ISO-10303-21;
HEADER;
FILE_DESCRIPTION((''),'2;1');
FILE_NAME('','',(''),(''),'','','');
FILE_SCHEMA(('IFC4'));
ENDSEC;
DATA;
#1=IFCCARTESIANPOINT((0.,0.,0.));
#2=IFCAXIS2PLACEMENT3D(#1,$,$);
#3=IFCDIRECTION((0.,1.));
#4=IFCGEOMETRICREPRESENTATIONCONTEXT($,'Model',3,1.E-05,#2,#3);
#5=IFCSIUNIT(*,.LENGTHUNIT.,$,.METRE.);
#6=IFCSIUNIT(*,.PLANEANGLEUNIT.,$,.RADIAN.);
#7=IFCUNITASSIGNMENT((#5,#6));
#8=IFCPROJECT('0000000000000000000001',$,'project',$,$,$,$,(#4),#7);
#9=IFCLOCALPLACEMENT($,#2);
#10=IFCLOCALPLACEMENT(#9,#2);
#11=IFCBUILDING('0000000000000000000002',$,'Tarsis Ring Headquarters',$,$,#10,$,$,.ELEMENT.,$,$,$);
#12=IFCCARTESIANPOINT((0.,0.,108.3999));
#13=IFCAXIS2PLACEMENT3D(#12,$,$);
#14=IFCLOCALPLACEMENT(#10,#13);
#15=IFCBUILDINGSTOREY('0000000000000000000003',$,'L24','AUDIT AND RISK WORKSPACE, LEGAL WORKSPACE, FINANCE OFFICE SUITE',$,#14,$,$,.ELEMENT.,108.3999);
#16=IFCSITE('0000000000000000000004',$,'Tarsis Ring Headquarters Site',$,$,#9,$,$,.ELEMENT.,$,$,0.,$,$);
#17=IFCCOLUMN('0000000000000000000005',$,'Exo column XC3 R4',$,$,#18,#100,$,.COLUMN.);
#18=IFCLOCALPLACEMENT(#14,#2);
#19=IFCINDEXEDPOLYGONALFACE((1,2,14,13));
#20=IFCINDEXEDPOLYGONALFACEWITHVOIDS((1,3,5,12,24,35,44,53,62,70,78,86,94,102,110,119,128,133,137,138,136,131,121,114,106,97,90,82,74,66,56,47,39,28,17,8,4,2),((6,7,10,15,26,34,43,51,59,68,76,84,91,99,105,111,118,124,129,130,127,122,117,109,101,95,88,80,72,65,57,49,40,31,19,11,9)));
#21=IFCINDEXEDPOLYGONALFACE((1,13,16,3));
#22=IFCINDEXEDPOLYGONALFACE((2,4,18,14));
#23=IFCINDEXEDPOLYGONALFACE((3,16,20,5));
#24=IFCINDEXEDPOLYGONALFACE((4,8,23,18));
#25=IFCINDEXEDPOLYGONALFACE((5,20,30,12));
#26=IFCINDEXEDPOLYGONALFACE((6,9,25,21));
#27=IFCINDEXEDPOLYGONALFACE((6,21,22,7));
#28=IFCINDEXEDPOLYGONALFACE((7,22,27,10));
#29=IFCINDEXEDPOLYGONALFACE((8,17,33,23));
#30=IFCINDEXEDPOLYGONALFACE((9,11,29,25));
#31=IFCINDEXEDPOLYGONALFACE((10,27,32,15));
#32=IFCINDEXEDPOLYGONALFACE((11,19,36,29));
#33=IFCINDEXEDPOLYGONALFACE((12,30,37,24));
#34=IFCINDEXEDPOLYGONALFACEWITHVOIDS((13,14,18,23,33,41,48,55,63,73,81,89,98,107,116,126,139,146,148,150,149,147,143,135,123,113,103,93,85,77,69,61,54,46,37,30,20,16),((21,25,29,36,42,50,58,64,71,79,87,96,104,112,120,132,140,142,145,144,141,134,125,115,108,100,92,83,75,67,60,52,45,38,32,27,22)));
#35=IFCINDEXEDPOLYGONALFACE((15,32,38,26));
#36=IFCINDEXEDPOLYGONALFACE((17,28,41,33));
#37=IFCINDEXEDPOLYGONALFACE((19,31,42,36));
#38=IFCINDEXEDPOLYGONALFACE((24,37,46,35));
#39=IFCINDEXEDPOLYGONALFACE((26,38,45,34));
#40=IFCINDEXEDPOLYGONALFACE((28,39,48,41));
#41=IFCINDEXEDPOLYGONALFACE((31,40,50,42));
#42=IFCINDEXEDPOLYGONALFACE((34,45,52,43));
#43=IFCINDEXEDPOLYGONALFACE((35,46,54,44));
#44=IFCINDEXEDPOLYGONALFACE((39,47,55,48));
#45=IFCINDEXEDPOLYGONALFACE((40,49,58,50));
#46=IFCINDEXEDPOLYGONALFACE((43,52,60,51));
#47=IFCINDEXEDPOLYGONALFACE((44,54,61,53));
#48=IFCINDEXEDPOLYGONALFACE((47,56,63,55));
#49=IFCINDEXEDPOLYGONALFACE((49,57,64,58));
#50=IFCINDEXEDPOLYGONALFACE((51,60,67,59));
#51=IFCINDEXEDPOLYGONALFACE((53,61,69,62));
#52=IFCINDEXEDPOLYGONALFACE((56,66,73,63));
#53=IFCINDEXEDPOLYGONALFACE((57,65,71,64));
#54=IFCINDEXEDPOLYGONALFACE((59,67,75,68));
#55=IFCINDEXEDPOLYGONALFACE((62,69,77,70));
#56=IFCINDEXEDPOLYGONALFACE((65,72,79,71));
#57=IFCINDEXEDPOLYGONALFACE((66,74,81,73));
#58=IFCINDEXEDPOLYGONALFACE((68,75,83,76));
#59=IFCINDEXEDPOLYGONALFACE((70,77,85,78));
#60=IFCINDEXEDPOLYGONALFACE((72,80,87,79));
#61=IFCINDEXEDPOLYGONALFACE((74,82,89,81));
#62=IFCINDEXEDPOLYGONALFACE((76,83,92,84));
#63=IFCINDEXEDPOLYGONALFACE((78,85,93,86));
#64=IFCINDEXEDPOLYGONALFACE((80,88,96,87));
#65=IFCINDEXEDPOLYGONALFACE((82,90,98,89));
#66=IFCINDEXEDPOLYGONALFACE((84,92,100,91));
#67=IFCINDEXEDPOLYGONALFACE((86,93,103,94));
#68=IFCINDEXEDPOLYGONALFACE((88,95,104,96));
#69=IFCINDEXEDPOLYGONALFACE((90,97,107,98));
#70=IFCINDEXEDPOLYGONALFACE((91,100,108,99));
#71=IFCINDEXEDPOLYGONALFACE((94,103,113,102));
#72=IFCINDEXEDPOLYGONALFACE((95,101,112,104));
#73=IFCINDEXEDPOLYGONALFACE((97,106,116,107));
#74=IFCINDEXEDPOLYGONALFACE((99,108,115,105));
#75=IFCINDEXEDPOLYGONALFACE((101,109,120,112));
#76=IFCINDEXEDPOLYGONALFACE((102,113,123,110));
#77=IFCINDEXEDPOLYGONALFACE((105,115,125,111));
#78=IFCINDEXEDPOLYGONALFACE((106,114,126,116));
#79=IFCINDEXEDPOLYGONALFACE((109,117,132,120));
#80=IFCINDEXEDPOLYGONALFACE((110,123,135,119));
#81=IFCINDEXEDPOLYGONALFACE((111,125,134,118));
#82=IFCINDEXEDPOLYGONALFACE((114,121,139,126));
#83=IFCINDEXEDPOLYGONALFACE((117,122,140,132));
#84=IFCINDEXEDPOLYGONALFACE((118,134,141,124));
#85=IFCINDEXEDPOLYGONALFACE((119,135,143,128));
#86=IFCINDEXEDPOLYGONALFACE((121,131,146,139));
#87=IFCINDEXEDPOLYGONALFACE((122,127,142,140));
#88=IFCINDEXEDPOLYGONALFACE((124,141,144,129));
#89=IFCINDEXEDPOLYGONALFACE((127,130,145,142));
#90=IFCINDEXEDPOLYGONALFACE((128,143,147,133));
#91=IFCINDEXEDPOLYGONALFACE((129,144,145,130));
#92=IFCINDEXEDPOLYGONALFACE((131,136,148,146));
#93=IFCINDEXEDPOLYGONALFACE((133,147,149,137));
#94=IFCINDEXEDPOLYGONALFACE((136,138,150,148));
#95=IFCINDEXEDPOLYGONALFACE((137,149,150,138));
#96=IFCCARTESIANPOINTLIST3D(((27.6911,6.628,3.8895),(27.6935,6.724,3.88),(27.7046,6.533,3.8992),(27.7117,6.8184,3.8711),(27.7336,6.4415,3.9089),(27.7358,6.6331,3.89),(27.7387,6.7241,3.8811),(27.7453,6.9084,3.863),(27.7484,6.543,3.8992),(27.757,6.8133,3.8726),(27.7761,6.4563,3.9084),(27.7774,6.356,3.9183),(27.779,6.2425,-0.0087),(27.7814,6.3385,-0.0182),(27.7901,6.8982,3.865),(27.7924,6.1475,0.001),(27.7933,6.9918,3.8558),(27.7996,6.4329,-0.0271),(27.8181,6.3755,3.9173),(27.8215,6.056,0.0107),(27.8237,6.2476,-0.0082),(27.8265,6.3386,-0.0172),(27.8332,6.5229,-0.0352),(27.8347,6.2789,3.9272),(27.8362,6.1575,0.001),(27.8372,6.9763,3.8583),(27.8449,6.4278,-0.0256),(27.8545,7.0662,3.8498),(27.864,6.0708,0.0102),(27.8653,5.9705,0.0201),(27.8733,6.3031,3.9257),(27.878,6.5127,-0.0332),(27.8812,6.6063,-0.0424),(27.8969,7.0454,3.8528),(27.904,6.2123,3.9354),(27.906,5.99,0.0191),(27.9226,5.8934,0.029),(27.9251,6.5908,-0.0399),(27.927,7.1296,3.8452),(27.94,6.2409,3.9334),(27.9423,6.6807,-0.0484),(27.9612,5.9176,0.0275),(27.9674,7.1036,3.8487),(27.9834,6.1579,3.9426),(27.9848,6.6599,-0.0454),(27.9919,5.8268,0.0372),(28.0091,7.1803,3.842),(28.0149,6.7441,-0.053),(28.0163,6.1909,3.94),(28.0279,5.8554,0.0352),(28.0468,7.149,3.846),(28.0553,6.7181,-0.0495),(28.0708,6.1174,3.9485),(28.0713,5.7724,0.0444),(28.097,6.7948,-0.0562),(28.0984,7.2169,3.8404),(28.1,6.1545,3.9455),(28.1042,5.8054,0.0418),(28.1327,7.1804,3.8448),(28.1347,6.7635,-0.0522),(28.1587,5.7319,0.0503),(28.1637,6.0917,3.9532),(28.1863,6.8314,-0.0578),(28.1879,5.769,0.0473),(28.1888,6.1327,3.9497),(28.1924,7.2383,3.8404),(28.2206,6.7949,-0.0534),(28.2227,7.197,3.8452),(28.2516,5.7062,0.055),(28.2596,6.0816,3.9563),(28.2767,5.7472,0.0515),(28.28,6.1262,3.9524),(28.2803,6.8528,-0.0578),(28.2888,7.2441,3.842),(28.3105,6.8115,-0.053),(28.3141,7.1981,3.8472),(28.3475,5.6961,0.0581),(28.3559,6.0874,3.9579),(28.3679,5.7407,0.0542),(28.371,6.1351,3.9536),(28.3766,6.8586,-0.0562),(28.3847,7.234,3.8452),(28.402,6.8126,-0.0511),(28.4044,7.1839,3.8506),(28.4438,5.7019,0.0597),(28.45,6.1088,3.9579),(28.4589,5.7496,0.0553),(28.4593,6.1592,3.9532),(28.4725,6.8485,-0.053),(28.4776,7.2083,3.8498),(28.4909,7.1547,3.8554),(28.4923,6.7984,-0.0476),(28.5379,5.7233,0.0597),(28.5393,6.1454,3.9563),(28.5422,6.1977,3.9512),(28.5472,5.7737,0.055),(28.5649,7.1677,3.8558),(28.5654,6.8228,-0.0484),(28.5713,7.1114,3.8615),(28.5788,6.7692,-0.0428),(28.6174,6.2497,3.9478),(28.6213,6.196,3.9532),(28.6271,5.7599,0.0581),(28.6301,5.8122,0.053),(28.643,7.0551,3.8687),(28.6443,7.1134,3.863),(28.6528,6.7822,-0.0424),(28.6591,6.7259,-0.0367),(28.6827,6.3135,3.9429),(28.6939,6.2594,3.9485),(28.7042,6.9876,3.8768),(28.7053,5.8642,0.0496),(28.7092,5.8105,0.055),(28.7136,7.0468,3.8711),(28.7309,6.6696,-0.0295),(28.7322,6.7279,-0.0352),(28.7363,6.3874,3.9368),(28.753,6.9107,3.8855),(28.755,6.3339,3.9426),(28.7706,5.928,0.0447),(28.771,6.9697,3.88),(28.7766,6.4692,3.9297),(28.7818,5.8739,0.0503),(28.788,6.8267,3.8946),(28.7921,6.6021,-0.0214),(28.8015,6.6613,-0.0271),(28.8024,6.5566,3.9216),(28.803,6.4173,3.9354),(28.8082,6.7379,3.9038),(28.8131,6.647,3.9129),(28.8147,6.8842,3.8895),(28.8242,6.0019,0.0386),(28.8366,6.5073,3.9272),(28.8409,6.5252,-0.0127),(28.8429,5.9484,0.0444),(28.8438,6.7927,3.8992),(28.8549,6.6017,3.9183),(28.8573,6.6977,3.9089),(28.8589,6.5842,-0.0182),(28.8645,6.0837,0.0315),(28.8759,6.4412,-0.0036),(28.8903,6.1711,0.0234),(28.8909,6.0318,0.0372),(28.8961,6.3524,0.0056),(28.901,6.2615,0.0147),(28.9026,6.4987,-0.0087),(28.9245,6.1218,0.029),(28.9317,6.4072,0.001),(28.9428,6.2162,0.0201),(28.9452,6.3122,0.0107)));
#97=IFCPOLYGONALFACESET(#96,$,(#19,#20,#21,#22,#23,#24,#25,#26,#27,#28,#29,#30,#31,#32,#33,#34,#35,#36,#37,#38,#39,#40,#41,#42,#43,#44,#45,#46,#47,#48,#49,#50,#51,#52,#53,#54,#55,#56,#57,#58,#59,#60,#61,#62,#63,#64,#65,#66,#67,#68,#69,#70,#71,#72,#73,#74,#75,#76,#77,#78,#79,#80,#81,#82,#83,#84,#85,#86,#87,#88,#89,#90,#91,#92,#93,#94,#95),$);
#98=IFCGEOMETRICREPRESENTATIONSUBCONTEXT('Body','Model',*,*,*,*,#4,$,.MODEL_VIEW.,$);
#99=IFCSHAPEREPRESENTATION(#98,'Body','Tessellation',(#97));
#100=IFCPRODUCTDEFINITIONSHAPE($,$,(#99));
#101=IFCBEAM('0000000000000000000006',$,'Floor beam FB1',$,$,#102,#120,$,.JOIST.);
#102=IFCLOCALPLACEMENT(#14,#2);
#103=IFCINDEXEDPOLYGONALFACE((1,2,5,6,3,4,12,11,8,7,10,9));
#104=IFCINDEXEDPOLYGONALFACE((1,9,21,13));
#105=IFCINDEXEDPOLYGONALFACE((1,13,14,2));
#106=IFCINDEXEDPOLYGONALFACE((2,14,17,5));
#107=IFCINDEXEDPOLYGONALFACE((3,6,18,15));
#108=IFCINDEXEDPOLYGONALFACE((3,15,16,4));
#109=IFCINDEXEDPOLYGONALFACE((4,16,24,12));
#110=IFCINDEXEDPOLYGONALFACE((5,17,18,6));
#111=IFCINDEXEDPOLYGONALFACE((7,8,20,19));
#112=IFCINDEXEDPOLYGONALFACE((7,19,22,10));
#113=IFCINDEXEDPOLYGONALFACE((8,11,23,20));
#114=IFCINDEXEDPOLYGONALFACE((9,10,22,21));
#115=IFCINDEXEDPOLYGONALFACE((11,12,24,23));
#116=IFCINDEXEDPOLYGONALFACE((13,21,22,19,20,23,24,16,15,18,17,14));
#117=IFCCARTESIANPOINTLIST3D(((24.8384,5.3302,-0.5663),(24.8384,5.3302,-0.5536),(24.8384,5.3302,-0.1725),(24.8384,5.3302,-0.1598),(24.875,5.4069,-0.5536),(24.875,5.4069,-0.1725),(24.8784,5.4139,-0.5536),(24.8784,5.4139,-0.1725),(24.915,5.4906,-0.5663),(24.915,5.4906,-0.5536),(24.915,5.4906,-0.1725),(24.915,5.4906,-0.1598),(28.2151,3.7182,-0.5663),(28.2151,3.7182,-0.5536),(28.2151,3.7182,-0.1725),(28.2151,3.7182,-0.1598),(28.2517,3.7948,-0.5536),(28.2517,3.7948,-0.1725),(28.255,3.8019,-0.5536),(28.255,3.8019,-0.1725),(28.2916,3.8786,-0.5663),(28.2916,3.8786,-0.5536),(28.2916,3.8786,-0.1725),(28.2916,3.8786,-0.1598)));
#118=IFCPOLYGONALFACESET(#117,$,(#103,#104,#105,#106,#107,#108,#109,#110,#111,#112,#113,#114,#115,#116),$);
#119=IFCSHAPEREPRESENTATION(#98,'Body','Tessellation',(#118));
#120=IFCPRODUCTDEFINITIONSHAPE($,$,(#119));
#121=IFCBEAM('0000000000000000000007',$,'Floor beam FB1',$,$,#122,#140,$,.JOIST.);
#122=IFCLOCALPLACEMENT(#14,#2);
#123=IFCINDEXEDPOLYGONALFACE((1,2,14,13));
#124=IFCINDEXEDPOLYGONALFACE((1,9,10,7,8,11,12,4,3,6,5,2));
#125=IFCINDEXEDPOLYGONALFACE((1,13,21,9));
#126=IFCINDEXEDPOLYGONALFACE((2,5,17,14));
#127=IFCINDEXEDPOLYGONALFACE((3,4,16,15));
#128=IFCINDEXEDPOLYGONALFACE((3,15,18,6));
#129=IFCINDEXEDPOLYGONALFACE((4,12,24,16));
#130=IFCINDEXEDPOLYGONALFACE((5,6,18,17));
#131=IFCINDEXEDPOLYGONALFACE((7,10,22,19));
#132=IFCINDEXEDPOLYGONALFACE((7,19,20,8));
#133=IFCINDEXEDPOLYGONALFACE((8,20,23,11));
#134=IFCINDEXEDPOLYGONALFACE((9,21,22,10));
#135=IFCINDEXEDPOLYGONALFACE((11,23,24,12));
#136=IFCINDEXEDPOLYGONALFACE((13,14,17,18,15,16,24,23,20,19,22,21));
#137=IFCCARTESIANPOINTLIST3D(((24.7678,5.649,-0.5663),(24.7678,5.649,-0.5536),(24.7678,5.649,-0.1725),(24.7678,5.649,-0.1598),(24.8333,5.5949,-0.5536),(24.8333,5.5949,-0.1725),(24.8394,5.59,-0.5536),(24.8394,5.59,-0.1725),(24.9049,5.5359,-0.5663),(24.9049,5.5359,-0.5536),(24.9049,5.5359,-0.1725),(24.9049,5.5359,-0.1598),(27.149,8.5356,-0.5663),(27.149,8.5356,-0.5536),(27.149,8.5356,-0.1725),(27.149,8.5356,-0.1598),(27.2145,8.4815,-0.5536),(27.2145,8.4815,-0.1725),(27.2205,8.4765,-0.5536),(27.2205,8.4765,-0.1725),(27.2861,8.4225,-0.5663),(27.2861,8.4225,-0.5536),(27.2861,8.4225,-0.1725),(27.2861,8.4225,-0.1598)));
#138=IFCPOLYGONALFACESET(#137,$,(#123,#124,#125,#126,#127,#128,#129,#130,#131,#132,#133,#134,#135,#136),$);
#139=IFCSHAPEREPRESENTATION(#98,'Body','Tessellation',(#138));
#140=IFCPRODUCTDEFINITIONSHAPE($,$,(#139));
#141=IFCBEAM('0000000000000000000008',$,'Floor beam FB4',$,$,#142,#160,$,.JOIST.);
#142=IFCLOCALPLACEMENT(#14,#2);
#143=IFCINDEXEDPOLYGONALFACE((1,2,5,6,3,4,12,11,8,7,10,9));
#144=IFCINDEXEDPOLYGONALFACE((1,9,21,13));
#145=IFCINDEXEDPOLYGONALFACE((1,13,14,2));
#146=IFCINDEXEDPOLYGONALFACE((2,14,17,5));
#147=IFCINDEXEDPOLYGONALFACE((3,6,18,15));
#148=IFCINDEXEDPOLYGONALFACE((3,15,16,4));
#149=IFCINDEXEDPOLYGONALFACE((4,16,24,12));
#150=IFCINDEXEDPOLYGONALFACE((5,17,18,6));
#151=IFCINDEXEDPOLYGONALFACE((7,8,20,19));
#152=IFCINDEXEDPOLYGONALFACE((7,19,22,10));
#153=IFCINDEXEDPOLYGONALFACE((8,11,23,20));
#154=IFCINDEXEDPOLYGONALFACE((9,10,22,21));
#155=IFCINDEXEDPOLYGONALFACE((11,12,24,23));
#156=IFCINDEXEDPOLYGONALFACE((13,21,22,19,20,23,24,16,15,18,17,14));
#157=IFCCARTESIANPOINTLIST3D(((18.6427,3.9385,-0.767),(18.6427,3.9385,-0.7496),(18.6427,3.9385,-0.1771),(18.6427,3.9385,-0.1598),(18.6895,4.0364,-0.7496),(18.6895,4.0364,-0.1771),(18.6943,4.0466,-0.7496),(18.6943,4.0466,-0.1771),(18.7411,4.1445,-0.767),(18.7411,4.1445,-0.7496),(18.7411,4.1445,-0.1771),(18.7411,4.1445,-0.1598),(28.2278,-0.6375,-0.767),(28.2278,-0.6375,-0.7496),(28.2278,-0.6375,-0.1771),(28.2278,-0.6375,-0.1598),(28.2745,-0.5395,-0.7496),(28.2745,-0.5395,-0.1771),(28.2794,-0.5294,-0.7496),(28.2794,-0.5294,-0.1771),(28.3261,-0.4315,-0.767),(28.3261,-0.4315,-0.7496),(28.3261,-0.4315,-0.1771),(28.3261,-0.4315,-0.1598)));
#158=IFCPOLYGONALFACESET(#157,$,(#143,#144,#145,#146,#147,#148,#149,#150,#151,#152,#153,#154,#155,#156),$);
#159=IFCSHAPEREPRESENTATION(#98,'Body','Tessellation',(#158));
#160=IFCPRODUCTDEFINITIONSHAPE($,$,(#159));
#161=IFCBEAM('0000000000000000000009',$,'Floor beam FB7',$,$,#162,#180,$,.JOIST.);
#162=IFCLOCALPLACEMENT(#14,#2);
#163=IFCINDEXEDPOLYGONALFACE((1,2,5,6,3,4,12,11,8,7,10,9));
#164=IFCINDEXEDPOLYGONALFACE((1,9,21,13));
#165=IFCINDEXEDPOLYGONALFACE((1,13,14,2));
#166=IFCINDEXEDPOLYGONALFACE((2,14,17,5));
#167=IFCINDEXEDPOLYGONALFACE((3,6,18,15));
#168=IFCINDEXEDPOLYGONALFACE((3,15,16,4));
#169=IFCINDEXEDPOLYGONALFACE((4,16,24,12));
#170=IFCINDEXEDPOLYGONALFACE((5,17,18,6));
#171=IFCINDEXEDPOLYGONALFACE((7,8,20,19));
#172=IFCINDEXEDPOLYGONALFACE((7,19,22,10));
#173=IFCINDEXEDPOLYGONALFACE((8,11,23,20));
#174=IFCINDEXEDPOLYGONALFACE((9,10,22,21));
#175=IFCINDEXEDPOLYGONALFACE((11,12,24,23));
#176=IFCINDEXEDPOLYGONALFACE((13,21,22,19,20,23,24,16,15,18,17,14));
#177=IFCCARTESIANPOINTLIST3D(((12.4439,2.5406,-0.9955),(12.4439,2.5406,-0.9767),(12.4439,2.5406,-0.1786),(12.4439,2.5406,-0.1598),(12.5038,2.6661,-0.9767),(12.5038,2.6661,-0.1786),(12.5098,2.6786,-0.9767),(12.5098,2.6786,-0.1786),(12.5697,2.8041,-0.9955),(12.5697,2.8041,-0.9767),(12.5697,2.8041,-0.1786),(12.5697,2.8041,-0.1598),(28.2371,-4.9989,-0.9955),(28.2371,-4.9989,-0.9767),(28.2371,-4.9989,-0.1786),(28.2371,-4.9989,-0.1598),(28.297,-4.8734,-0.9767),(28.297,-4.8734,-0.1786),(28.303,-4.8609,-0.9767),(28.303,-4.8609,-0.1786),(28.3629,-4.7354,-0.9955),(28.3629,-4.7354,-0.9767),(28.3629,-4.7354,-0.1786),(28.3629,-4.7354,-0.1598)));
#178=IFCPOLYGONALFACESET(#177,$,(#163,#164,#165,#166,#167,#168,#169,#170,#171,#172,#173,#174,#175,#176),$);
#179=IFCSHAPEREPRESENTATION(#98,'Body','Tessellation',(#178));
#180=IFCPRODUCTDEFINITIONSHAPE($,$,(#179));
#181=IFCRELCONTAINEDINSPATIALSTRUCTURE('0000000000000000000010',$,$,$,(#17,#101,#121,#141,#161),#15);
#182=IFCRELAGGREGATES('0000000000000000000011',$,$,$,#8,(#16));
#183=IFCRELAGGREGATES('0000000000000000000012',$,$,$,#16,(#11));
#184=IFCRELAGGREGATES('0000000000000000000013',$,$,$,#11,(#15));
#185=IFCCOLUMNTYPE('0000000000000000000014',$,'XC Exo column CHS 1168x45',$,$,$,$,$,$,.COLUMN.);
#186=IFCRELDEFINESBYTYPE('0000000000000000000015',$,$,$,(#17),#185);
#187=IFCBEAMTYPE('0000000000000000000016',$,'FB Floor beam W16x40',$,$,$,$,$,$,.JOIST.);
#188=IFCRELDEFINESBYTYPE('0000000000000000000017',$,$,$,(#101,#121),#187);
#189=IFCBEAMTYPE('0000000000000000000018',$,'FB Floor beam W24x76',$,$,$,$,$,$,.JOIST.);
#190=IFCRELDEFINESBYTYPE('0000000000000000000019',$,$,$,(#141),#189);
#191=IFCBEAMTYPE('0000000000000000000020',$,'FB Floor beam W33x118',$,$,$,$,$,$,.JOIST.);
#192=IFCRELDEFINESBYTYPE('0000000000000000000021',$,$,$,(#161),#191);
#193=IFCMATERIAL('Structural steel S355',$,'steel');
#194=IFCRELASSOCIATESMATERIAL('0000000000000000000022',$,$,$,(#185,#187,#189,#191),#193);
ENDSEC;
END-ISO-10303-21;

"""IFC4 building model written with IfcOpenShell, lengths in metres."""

from ifc_helpers import new_model, si_unit, direction, frame, origin, origin_2d, place, context, subcontext, project, spatial, hollow_circle, i_section, extrude, material, material_profile, profile_set, type_object, element, save


model = new_model("IFC4")

# Units and contexts
model_context = context("Model", 3, precision=1e-05, world=origin(), true_north=direction((0.0, 1.0)))
body_context = subcontext(model_context, "Body", "Model", "MODEL_VIEW")
ifc_project = project(units=[si_unit("LENGTHUNIT", "METRE"), si_unit("PLANEANGLEUNIT", "RADIAN")], contexts=[model_context])

# Site, building, storey
site_placement = place(None, origin())
site = spatial("IfcSite", under=ifc_project, at=site_placement, Name="Tarsis Ring Headquarters Site", CompositionType="ELEMENT", RefElevation=0.0)
building_placement = place(site_placement, origin())
building = spatial("IfcBuilding", under=site, at=building_placement, Name="Tarsis Ring Headquarters", CompositionType="ELEMENT")
storey_placement = place(building_placement, frame((0.0, 0.0, 108.3999)))
storey = spatial("IfcBuildingStorey", under=building, at=storey_placement, Name="L24", Description="AUDIT AND RISK WORKSPACE, LEGAL WORKSPACE, FINANCE OFFICE SUITE", CompositionType="ELEMENT", Elevation=108.3999)

# Column
ifc_material_1 = material(Name="Structural steel S355", Category="steel")
ifc_material_profile_1 = material_profile(ifc_material_1, hollow_circle(Radius=0.5842, WallThickness=0.0449, at=origin_2d()), Name="CHS 1168x45")
ifc_profile_set_1 = profile_set([ifc_material_profile_1], Name="Structural steel S355")
column_type = type_object("IfcColumnType", Name="XC Exo column CHS 1168x45", PredefinedType="COLUMN", material=ifc_profile_set_1)
column_placement = place(storey_placement, frame((28.3621, 6.2773, 0.001), z_axis=(-0.022431, 0.098387, 0.994895), x_axis=(-0.974981, -0.222288, 0.0)))
element("IfcColumn", 1, at=column_placement, inside=storey, type_object=column_type, Name="Exo column XC3 R4", PredefinedType="COLUMN", context=body_context, shape_type="SweptSolid", body=[
    extrude(hollow_circle(Radius=0.5842, WallThickness=0.0449, at=origin_2d()), origin(), (0.0, 0.0, 1.0), 3.9182),
])

# Beams
ifc_material_profile_2 = material_profile(ifc_material_1, i_section(OverallWidth=0.1777, OverallDepth=0.4065, WebThickness=0.0078, FlangeThickness=0.0127, at=origin_2d()), Name="W16x40")
ifc_profile_set_2 = profile_set([ifc_material_profile_2], Name="Structural steel S355")
beam_type_1 = type_object("IfcBeamType", Name="FB Floor beam W16x40", PredefinedType="JOIST", material=ifc_profile_set_2)
beam_1_placement = place(storey_placement, frame((24.8767, 5.4104, -0.363), z_axis=(0.902434, -0.430827, 0.0), x_axis=(0.430827, 0.902434, 0.0)))
element("IfcBeam", 2, at=beam_1_placement, inside=storey, type_object=beam_type_1, Name="Floor beam FB1", PredefinedType="JOIST", context=body_context, shape_type="SweptSolid", body=[
    extrude(i_section(OverallWidth=0.1777, OverallDepth=0.4065, WebThickness=0.0078, FlangeThickness=0.0127, at=origin_2d()), origin(), (0.0, 0.0, 1.0), 3.7417),
])
beam_2_placement = place(storey_placement, frame((27.2175, 8.479, -0.363), z_axis=(-0.636345, -0.771405, 0.0), x_axis=(0.771405, -0.636345, 0.0)))
element("IfcBeam", 3, at=beam_2_placement, inside=storey, type_object=beam_type_1, Name="Floor beam FB1", PredefinedType="JOIST", context=body_context, shape_type="SweptSolid", body=[
    extrude(i_section(OverallWidth=0.1777, OverallDepth=0.4065, WebThickness=0.0078, FlangeThickness=0.0127, at=origin_2d()), origin(), (0.0, 0.0, 1.0), 3.7419),
])
ifc_material_profile_3 = material_profile(ifc_material_1, i_section(OverallWidth=0.2283, OverallDepth=0.6072, WebThickness=0.0112, FlangeThickness=0.0173, at=origin_2d()), Name="W24x76")
ifc_profile_set_3 = profile_set([ifc_material_profile_3], Name="Structural steel S355")
beam_type_2 = type_object("IfcBeamType", Name="FB Floor beam W24x76", PredefinedType="JOIST", material=ifc_profile_set_3)
beam_3_placement = place(storey_placement, frame((18.6919, 4.0415, -0.4634), z_axis=(0.902434, -0.430828, 0.0), x_axis=(0.430828, 0.902434, 0.0)))
element("IfcBeam", 4, at=beam_3_placement, inside=storey, type_object=beam_type_2, Name="Floor beam FB4", PredefinedType="JOIST", context=body_context, shape_type="SweptSolid", body=[
    extrude(i_section(OverallWidth=0.2283, OverallDepth=0.6072, WebThickness=0.0112, FlangeThickness=0.0173, at=origin_2d()), origin(), (0.0, 0.0, 1.0), 10.6213),
])
ifc_material_profile_4 = material_profile(ifc_material_1, i_section(OverallWidth=0.292, OverallDepth=0.8357, WebThickness=0.0139, FlangeThickness=0.0188, at=origin_2d()), Name="W33x118")
ifc_profile_set_4 = profile_set([ifc_material_profile_4], Name="Structural steel S355")
beam_type_3 = type_object("IfcBeamType", Name="FB Floor beam W33x118", PredefinedType="JOIST", material=ifc_profile_set_4)
beam_4_placement = place(storey_placement, frame((12.5068, 2.6724, -0.5776), z_axis=(0.902439, -0.430817, 0.0), x_axis=(0.430817, 0.902439, 0.0)))
element("IfcBeam", 5, at=beam_4_placement, inside=storey, type_object=beam_type_3, Name="Floor beam FB7", PredefinedType="JOIST", context=body_context, shape_type="SweptSolid", body=[
    extrude(i_section(OverallWidth=0.292, OverallDepth=0.8357, WebThickness=0.0139, FlangeThickness=0.0188, at=origin_2d()), origin(), (0.0, 0.0, 1.0), 17.5005),
])

save(model, "model.ifc")
